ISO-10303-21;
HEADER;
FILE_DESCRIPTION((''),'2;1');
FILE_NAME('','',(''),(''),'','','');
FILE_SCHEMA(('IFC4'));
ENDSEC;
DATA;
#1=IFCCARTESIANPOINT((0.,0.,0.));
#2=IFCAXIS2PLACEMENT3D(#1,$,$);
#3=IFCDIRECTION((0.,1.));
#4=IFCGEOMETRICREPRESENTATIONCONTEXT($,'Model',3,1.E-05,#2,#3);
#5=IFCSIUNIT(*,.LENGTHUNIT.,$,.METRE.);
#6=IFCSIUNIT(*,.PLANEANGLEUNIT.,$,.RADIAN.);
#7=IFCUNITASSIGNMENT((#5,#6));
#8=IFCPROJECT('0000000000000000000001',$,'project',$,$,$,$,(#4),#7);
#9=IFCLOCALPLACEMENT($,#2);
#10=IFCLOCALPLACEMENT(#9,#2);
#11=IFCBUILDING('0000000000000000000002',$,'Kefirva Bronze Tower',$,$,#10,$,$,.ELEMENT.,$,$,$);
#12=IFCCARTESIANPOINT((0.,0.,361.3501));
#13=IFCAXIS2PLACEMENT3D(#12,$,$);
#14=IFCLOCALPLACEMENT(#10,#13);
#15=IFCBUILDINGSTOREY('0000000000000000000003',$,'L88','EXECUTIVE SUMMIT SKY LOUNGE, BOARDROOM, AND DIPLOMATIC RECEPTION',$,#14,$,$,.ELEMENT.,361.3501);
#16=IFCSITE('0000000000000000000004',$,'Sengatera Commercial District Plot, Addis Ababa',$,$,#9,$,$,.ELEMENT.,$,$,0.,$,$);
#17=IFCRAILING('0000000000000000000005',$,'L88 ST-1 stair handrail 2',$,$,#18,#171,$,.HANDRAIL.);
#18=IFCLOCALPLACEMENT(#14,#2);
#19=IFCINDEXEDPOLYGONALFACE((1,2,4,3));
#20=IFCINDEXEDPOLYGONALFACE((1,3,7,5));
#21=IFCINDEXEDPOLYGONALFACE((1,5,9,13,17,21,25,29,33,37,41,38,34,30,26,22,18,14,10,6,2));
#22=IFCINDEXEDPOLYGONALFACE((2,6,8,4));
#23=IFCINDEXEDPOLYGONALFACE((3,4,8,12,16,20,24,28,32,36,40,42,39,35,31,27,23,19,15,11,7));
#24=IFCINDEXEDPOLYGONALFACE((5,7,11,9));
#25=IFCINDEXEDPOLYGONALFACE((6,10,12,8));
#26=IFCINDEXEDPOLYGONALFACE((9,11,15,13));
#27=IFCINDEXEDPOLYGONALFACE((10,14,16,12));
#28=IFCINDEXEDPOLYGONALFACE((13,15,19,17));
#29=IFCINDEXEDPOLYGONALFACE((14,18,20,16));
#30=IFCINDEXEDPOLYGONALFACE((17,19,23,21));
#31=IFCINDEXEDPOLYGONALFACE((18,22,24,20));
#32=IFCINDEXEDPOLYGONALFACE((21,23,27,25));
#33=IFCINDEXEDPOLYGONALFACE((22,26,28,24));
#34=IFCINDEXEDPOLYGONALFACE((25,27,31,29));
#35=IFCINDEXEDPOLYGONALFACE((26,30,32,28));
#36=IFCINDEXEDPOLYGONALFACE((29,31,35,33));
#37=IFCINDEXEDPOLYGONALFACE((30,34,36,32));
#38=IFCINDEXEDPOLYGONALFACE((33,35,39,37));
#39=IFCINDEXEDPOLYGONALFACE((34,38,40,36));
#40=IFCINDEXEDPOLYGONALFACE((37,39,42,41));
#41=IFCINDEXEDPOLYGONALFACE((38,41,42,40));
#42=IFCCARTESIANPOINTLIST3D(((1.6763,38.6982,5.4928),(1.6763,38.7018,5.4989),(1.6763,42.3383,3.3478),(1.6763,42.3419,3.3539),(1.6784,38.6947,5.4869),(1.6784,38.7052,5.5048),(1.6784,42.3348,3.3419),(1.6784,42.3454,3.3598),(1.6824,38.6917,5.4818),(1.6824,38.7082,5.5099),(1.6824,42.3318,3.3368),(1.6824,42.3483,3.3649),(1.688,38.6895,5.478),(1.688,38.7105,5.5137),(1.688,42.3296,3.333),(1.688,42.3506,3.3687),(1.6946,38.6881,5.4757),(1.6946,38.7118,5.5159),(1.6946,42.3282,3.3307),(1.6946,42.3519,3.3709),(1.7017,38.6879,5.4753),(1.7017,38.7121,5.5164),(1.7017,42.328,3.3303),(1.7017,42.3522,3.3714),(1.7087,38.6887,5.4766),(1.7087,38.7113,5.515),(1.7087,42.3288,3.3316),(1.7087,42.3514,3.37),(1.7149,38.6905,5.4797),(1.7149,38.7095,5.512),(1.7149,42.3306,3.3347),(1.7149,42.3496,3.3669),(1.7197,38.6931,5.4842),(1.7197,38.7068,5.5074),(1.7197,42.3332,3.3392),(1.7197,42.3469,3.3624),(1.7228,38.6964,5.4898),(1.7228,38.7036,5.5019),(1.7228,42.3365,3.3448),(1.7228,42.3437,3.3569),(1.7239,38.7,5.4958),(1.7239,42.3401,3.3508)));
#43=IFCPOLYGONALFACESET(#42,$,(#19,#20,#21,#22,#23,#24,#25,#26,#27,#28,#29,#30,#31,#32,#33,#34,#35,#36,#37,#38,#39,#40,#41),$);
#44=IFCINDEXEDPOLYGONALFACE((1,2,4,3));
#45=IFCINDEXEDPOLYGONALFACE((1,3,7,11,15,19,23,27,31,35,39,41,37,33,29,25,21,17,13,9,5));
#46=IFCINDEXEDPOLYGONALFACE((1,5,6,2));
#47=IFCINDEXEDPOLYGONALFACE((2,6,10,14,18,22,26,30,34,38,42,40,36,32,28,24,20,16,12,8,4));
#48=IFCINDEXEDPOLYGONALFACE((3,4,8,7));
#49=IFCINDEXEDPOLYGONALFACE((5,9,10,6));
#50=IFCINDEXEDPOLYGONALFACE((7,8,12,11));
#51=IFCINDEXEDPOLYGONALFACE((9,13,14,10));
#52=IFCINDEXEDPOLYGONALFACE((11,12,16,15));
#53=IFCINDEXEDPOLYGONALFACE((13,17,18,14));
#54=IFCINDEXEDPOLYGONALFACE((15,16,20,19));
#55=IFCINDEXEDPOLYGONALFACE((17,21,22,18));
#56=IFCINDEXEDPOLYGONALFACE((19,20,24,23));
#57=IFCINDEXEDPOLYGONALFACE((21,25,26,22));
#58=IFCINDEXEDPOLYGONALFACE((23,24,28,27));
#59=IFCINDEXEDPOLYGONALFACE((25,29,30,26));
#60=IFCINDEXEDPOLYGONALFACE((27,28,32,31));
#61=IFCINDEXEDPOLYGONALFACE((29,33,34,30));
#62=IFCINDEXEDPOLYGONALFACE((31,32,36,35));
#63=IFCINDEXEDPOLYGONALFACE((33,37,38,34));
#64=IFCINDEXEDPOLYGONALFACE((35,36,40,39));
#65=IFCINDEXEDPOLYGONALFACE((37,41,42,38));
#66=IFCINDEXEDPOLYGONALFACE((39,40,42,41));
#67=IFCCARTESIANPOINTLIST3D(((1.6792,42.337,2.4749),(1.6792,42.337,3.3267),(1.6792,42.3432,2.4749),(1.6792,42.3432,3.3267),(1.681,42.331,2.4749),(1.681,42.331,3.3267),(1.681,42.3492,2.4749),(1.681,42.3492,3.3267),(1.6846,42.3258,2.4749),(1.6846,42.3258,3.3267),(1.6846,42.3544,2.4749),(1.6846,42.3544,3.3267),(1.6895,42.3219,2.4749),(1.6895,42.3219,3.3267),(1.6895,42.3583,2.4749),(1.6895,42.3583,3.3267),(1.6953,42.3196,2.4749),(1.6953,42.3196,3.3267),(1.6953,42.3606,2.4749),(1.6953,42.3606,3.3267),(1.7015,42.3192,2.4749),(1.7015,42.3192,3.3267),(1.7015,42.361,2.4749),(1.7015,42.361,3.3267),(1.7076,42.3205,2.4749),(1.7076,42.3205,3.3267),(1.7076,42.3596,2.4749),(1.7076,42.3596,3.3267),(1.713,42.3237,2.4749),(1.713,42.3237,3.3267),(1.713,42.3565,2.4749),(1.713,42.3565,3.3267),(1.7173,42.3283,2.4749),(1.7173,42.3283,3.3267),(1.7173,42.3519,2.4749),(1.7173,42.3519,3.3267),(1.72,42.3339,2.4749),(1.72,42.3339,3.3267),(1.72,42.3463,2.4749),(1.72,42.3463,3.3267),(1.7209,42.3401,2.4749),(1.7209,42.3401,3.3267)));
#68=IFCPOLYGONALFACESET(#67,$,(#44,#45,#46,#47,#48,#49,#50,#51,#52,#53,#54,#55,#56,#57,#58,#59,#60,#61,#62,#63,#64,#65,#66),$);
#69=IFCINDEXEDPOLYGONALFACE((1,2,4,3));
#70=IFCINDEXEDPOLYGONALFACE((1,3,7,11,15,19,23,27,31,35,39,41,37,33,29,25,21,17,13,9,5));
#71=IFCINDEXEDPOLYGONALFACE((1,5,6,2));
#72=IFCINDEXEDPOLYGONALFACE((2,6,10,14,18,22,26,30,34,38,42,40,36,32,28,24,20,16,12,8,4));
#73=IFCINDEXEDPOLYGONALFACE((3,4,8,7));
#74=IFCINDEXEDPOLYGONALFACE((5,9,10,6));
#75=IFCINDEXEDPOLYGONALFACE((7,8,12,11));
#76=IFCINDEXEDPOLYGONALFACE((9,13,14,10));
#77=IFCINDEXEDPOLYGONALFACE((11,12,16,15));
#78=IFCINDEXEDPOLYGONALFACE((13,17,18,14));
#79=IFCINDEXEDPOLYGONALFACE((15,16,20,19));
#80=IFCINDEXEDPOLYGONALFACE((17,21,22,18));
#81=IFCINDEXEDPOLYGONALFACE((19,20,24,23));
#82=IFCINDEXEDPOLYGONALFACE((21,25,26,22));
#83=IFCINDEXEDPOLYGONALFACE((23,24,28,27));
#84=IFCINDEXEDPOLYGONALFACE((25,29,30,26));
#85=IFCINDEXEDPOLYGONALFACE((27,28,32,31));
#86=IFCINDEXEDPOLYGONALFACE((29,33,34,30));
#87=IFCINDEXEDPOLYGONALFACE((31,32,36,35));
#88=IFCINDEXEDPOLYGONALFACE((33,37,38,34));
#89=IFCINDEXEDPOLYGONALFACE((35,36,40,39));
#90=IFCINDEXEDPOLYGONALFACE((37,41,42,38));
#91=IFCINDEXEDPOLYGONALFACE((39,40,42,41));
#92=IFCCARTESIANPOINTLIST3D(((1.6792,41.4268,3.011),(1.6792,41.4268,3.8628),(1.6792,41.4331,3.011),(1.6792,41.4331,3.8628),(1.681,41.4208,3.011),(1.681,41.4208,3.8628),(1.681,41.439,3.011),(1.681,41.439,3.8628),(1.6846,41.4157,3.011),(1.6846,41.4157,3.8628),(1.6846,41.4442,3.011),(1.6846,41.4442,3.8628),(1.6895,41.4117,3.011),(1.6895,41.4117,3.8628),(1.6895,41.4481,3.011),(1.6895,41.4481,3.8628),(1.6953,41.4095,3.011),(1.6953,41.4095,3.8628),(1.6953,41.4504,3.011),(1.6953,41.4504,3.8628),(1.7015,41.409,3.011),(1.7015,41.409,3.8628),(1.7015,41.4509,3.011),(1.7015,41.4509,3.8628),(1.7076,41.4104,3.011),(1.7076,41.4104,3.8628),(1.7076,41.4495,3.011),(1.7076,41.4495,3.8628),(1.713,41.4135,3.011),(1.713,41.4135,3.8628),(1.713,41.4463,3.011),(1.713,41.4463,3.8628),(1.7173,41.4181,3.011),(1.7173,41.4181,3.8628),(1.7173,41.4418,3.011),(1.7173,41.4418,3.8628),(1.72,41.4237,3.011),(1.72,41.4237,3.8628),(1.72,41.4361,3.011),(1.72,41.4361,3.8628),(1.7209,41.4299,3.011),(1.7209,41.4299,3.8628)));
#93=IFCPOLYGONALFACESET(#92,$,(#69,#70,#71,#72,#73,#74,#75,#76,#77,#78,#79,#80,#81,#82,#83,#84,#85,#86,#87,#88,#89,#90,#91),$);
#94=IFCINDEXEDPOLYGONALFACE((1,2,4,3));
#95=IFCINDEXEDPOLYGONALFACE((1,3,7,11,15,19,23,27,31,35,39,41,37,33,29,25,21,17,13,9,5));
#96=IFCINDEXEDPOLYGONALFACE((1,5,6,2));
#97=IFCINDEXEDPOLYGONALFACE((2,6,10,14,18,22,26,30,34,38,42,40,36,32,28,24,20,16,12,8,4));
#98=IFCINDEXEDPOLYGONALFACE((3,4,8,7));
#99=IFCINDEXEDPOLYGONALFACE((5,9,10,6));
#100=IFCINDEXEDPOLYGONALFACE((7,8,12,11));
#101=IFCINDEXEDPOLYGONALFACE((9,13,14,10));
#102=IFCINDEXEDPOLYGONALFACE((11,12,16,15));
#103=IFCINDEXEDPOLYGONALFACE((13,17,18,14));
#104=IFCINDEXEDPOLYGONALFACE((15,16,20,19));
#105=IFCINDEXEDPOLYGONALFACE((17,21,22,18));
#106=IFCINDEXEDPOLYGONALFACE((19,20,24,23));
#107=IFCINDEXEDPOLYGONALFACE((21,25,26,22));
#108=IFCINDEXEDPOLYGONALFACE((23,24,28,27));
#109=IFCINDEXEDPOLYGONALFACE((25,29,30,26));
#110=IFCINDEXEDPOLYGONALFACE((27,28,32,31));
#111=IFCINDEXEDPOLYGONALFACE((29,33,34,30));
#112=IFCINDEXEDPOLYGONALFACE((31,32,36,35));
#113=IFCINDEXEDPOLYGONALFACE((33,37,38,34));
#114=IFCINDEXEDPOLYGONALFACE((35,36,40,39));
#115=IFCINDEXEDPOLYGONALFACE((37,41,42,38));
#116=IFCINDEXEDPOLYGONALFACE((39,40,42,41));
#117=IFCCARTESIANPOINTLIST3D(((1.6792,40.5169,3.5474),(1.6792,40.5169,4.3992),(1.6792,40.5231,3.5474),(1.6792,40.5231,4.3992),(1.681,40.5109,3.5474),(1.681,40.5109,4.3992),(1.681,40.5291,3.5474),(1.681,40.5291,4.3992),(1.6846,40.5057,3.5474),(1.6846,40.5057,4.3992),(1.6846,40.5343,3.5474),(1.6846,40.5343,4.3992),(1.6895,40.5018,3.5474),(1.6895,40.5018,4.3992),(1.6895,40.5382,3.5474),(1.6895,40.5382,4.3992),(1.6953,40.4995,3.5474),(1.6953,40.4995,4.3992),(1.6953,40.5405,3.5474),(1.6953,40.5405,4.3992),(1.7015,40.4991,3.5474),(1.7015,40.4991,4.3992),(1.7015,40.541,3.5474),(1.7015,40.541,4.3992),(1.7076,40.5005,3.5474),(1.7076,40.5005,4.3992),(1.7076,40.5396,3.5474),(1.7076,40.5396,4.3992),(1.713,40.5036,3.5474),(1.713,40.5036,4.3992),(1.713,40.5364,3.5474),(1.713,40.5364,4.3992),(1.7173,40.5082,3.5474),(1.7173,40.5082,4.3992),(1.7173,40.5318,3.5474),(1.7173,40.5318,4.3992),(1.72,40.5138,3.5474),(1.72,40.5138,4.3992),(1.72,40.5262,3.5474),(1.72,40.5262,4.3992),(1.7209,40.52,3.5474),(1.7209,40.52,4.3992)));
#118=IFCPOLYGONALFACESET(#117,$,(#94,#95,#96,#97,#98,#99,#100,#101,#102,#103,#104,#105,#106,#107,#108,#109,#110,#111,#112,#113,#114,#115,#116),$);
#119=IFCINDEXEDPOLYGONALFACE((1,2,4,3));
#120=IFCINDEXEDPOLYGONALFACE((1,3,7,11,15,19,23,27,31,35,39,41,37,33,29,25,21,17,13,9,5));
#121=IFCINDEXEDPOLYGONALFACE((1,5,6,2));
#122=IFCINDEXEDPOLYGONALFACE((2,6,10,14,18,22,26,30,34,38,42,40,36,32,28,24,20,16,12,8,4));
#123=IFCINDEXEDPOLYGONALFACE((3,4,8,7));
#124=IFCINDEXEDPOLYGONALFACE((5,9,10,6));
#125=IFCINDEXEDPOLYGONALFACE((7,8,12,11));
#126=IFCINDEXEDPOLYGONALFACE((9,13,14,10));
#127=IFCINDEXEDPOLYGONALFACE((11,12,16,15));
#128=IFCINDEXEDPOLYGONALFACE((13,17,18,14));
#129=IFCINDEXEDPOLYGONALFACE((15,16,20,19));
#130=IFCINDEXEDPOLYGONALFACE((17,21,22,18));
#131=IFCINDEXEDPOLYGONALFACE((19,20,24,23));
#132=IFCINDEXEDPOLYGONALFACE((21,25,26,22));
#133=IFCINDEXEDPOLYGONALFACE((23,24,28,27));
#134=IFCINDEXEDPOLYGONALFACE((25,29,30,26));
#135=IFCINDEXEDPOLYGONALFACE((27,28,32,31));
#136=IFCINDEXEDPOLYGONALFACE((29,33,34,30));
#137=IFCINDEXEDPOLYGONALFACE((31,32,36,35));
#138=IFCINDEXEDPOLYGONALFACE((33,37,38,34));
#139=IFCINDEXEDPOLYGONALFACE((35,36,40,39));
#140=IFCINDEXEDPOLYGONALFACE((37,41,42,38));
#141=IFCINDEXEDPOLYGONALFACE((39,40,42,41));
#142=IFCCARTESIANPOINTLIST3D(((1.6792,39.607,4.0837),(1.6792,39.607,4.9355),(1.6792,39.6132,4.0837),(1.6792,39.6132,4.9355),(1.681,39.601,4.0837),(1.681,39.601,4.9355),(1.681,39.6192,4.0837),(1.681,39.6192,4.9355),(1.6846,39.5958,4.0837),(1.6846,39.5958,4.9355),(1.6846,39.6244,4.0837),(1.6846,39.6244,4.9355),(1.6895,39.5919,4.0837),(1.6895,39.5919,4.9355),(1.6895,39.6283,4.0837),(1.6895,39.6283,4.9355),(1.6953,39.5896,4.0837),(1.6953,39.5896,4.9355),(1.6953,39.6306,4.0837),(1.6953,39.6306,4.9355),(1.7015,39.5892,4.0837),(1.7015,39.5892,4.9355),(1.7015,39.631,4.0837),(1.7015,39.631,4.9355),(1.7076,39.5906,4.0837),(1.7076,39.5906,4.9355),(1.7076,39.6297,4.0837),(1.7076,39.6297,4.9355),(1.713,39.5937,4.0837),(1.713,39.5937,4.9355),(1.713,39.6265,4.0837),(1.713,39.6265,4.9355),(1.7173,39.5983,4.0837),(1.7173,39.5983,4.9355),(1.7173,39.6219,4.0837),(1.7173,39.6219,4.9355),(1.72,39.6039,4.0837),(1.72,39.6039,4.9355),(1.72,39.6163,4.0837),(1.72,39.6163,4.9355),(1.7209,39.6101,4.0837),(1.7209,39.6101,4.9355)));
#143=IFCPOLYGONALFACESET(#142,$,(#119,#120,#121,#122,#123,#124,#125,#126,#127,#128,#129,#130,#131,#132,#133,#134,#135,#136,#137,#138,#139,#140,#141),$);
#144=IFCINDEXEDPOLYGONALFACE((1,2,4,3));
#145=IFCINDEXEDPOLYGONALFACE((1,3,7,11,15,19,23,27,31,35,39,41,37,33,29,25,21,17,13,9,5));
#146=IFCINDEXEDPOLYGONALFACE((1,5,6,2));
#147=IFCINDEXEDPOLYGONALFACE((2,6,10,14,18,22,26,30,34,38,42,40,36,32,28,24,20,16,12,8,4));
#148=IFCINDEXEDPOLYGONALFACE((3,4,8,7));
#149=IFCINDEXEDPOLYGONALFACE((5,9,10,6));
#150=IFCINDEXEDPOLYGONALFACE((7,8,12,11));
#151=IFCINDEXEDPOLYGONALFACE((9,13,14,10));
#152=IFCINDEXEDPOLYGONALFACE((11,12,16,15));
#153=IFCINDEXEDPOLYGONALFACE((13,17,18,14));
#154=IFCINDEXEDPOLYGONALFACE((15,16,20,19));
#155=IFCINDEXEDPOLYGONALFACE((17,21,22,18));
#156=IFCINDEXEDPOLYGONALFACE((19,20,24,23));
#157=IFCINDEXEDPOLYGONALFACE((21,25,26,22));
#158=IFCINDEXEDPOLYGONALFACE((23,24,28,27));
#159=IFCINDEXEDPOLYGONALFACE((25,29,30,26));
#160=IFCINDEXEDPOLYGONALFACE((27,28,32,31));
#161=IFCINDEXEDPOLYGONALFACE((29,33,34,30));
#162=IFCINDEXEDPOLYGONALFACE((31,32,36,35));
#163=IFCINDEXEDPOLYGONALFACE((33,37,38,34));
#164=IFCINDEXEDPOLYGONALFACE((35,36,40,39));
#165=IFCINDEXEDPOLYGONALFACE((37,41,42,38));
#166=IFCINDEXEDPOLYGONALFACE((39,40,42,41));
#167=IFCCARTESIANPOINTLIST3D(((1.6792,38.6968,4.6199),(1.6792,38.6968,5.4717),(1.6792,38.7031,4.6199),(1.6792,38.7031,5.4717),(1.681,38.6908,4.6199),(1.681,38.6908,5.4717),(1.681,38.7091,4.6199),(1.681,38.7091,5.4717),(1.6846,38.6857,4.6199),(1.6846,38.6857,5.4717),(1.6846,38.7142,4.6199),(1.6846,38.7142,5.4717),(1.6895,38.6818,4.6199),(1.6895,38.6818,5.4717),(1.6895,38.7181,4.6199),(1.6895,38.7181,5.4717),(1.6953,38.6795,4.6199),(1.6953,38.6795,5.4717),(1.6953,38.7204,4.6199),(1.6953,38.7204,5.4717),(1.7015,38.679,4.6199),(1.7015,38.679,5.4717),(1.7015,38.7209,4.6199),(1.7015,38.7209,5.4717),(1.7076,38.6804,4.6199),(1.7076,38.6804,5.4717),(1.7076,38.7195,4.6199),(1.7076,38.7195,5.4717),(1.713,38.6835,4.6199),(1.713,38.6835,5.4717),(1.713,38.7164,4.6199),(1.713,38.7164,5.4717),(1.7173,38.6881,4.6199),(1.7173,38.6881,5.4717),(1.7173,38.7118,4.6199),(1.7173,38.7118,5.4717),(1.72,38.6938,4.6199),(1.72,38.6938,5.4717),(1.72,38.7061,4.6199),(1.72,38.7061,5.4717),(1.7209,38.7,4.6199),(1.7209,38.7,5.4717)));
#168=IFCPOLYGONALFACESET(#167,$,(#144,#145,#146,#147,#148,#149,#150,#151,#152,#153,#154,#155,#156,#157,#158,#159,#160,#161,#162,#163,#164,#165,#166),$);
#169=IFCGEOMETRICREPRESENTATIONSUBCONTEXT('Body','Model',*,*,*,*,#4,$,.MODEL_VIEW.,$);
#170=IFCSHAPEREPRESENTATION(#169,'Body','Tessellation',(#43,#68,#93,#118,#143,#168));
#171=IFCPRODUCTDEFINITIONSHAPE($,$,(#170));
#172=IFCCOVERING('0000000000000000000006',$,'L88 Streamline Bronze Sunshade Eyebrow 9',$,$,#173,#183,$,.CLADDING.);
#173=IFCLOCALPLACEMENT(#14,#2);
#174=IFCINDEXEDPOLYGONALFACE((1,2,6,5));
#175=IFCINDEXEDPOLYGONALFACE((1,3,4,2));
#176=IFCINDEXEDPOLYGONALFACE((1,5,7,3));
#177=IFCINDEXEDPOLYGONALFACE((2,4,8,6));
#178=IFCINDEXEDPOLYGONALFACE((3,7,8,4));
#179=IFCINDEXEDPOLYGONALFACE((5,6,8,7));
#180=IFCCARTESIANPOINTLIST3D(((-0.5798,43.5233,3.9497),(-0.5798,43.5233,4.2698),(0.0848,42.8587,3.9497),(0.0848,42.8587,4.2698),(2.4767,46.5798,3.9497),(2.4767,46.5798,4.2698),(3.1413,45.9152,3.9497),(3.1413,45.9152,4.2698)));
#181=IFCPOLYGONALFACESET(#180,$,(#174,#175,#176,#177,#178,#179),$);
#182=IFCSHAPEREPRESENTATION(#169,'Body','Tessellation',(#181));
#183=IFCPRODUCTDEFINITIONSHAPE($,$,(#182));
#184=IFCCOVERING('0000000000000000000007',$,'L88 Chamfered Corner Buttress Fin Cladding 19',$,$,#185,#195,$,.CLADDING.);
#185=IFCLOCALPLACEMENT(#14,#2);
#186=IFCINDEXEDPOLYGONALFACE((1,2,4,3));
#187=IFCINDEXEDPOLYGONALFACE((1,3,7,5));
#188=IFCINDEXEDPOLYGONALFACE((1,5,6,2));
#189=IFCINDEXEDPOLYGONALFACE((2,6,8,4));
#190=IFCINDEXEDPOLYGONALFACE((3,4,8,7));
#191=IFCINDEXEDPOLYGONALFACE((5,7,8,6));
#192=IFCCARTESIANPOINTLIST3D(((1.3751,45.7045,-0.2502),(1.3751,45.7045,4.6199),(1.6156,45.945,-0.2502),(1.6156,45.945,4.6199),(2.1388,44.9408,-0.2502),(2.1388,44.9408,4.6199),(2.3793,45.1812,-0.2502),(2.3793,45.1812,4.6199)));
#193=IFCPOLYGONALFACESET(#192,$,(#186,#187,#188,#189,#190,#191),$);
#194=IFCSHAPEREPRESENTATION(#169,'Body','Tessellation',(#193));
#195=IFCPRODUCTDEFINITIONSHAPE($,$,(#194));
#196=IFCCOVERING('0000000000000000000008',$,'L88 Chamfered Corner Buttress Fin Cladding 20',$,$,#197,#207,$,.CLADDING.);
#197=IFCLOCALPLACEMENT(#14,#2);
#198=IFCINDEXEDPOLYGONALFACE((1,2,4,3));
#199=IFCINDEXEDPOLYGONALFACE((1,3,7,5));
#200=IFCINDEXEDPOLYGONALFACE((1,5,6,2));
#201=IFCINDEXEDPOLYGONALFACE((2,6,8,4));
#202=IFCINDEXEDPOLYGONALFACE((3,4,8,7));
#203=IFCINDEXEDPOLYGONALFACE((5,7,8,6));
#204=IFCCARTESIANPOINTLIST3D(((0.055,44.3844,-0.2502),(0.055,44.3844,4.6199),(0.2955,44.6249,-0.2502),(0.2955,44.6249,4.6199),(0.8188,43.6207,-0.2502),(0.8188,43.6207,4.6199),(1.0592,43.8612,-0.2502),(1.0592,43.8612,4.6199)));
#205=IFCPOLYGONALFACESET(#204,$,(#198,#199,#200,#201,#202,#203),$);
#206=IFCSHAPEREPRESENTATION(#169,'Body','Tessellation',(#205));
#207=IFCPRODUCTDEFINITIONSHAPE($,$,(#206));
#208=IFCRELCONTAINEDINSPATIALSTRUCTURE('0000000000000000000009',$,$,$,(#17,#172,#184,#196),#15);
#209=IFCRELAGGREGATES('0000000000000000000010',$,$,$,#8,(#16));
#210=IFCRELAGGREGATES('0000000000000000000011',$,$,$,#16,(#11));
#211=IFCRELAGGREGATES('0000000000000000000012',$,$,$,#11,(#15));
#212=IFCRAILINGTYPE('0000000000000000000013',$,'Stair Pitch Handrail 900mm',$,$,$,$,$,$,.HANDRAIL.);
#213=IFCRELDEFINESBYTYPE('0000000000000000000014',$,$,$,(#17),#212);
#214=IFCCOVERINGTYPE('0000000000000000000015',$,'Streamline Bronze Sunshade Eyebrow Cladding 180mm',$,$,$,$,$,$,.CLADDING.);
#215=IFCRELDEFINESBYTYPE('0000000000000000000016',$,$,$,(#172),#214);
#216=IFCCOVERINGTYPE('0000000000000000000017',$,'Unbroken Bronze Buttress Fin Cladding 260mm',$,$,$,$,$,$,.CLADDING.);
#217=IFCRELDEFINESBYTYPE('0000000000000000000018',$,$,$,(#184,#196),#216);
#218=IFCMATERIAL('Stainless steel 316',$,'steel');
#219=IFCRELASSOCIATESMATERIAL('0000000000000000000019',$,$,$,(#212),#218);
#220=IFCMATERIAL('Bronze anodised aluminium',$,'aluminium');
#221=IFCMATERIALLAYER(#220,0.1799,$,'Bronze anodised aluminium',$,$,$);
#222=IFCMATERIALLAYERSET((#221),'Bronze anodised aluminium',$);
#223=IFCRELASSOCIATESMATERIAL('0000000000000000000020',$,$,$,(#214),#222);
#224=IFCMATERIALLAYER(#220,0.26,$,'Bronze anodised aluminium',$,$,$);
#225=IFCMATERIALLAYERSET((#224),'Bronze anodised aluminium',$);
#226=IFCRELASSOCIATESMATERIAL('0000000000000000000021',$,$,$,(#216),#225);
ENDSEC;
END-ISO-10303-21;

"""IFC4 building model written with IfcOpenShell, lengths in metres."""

from ifc_helpers import new_model, si_unit, direction, frame, origin, origin_2d, place, context, subcontext, project, spatial, rectangle, circle, extrude, material, layer, layer_set, type_object, element, save


model = new_model("IFC4")

# Units and contexts
model_context = context("Model", 3, precision=1e-05, world=origin(), true_north=direction((0.0, 1.0)))
body_context = subcontext(model_context, "Body", "Model", "MODEL_VIEW")
ifc_project = project(units=[si_unit("LENGTHUNIT", "METRE"), si_unit("PLANEANGLEUNIT", "RADIAN")], contexts=[model_context])

# Site, building, storey
site_placement = place(None, origin())
site = spatial("IfcSite", under=ifc_project, at=site_placement, Name="Sengatera Commercial District Plot, Addis Ababa", CompositionType="ELEMENT", RefElevation=0.0)
building_placement = place(site_placement, origin())
building = spatial("IfcBuilding", under=site, at=building_placement, Name="Kefirva Bronze Tower", CompositionType="ELEMENT")
storey_placement = place(building_placement, frame((0.0, 0.0, 361.3501)))
storey = spatial("IfcBuildingStorey", under=building, at=storey_placement, Name="L88", Description="EXECUTIVE SUMMIT SKY LOUNGE, BOARDROOM, AND DIPLOMATIC RECEPTION", CompositionType="ELEMENT", Elevation=361.3501)

# Shared definitions
ifc_material_1 = material(Name="Bronze anodised aluminium", Category="aluminium")

# Railing
ifc_material_2 = material(Name="Stainless steel 316", Category="steel")
railing_type_1 = type_object("IfcRailingType", Name="Stair Pitch Handrail 900mm", PredefinedType="HANDRAIL", material=ifc_material_2)
railing_1_placement = place(storey_placement, frame((1.7, 42.3401, 2.4749)))
element("IfcRailing", 1, at=railing_1_placement, inside=storey, type_object=railing_type_1, Name="L88 ST-1 stair handrail 2", PredefinedType="HANDRAIL", context=body_context, shape_type="SweptSolid", body=[
    extrude(circle(Radius=0.0239, at=origin_2d()), frame((0.0, 0.0, 0.876), z_axis=(0.0, -0.861545, 0.507682), x_axis=(1.0, 0.0, 0.0)), (0.0, 0.0, 1.0), 4.2251),
    extrude(circle(Radius=0.021, at=origin_2d()), origin(), (0.0, 0.0, 1.0), 0.8518),
    extrude(circle(Radius=0.021, at=origin_2d()), frame((0.0, -0.9102, 0.5361)), (0.0, 0.0, 1.0), 0.8518),
    extrude(circle(Radius=0.021, at=origin_2d()), frame((0.0, -1.8201, 1.0725)), (0.0, 0.0, 1.0), 0.8518),
    extrude(circle(Radius=0.021, at=origin_2d()), frame((0.0, -2.73, 1.6089)), (0.0, 0.0, 1.0), 0.8518),
    extrude(circle(Radius=0.021, at=origin_2d()), frame((0.0, -3.6401, 2.145)), (0.0, 0.0, 1.0), 0.8518),
])

# Coverings
ifc_layer_1 = layer(ifc_material_1, 0.1799, Name="Bronze anodised aluminium")
ifc_layer_set_1 = layer_set([ifc_layer_1], Name="Bronze anodised aluminium")
covering_type_1 = type_object("IfcCoveringType", Name="Streamline Bronze Sunshade Eyebrow Cladding 180mm", PredefinedType="CLADDING", material=ifc_layer_set_1)
covering_1_placement = place(storey_placement, frame((1.2808, 44.7192, 3.9497), z_axis=(0.0, 0.0, 1.0), x_axis=(-0.707107, -0.707107, 0.0)))
element("IfcCovering", 2, at=covering_1_placement, inside=storey, type_object=covering_type_1, Name="L88 Streamline Bronze Sunshade Eyebrow 9", PredefinedType="CLADDING", context=body_context, shape_type="SweptSolid", body=[
    extrude(rectangle(XDim=4.3225, YDim=0.9399, at=origin_2d()), origin(), (0.0, 0.0, 1.0), 0.3201),
])
ifc_layer_2 = layer(ifc_material_1, 0.26, Name="Bronze anodised aluminium")
ifc_layer_set_2 = layer_set([ifc_layer_2], Name="Bronze anodised aluminium")
covering_type_2 = type_object("IfcCoveringType", Name="Unbroken Bronze Buttress Fin Cladding 260mm", PredefinedType="CLADDING", material=ifc_layer_set_2)
for number, where, z_axis, x_axis, name in (
    (3, (1.8772, 45.4429, -0.2502), (0.0, 0.0, 1.0), (-0.707107, -0.707107, 0.0), "L88 Chamfered Corner Buttress Fin Cladding 19"),
    (4, (0.5571, 44.1228, -0.2502), (0.0, 0.0, 1.0), (-0.707107, -0.707107, 0.0), "L88 Chamfered Corner Buttress Fin Cladding 20"),
):
    element("IfcCovering", number, at=place(storey_placement, frame(where, z_axis=z_axis, x_axis=x_axis)), inside=storey, type_object=covering_type_2, Name=name, PredefinedType="CLADDING", context=body_context, shape_type="SweptSolid", body=[
        extrude(rectangle(XDim=0.3401, YDim=1.0801, at=origin_2d()), origin(), (0.0, 0.0, 1.0), 4.8701),
    ])

save(model, "model.ifc")
